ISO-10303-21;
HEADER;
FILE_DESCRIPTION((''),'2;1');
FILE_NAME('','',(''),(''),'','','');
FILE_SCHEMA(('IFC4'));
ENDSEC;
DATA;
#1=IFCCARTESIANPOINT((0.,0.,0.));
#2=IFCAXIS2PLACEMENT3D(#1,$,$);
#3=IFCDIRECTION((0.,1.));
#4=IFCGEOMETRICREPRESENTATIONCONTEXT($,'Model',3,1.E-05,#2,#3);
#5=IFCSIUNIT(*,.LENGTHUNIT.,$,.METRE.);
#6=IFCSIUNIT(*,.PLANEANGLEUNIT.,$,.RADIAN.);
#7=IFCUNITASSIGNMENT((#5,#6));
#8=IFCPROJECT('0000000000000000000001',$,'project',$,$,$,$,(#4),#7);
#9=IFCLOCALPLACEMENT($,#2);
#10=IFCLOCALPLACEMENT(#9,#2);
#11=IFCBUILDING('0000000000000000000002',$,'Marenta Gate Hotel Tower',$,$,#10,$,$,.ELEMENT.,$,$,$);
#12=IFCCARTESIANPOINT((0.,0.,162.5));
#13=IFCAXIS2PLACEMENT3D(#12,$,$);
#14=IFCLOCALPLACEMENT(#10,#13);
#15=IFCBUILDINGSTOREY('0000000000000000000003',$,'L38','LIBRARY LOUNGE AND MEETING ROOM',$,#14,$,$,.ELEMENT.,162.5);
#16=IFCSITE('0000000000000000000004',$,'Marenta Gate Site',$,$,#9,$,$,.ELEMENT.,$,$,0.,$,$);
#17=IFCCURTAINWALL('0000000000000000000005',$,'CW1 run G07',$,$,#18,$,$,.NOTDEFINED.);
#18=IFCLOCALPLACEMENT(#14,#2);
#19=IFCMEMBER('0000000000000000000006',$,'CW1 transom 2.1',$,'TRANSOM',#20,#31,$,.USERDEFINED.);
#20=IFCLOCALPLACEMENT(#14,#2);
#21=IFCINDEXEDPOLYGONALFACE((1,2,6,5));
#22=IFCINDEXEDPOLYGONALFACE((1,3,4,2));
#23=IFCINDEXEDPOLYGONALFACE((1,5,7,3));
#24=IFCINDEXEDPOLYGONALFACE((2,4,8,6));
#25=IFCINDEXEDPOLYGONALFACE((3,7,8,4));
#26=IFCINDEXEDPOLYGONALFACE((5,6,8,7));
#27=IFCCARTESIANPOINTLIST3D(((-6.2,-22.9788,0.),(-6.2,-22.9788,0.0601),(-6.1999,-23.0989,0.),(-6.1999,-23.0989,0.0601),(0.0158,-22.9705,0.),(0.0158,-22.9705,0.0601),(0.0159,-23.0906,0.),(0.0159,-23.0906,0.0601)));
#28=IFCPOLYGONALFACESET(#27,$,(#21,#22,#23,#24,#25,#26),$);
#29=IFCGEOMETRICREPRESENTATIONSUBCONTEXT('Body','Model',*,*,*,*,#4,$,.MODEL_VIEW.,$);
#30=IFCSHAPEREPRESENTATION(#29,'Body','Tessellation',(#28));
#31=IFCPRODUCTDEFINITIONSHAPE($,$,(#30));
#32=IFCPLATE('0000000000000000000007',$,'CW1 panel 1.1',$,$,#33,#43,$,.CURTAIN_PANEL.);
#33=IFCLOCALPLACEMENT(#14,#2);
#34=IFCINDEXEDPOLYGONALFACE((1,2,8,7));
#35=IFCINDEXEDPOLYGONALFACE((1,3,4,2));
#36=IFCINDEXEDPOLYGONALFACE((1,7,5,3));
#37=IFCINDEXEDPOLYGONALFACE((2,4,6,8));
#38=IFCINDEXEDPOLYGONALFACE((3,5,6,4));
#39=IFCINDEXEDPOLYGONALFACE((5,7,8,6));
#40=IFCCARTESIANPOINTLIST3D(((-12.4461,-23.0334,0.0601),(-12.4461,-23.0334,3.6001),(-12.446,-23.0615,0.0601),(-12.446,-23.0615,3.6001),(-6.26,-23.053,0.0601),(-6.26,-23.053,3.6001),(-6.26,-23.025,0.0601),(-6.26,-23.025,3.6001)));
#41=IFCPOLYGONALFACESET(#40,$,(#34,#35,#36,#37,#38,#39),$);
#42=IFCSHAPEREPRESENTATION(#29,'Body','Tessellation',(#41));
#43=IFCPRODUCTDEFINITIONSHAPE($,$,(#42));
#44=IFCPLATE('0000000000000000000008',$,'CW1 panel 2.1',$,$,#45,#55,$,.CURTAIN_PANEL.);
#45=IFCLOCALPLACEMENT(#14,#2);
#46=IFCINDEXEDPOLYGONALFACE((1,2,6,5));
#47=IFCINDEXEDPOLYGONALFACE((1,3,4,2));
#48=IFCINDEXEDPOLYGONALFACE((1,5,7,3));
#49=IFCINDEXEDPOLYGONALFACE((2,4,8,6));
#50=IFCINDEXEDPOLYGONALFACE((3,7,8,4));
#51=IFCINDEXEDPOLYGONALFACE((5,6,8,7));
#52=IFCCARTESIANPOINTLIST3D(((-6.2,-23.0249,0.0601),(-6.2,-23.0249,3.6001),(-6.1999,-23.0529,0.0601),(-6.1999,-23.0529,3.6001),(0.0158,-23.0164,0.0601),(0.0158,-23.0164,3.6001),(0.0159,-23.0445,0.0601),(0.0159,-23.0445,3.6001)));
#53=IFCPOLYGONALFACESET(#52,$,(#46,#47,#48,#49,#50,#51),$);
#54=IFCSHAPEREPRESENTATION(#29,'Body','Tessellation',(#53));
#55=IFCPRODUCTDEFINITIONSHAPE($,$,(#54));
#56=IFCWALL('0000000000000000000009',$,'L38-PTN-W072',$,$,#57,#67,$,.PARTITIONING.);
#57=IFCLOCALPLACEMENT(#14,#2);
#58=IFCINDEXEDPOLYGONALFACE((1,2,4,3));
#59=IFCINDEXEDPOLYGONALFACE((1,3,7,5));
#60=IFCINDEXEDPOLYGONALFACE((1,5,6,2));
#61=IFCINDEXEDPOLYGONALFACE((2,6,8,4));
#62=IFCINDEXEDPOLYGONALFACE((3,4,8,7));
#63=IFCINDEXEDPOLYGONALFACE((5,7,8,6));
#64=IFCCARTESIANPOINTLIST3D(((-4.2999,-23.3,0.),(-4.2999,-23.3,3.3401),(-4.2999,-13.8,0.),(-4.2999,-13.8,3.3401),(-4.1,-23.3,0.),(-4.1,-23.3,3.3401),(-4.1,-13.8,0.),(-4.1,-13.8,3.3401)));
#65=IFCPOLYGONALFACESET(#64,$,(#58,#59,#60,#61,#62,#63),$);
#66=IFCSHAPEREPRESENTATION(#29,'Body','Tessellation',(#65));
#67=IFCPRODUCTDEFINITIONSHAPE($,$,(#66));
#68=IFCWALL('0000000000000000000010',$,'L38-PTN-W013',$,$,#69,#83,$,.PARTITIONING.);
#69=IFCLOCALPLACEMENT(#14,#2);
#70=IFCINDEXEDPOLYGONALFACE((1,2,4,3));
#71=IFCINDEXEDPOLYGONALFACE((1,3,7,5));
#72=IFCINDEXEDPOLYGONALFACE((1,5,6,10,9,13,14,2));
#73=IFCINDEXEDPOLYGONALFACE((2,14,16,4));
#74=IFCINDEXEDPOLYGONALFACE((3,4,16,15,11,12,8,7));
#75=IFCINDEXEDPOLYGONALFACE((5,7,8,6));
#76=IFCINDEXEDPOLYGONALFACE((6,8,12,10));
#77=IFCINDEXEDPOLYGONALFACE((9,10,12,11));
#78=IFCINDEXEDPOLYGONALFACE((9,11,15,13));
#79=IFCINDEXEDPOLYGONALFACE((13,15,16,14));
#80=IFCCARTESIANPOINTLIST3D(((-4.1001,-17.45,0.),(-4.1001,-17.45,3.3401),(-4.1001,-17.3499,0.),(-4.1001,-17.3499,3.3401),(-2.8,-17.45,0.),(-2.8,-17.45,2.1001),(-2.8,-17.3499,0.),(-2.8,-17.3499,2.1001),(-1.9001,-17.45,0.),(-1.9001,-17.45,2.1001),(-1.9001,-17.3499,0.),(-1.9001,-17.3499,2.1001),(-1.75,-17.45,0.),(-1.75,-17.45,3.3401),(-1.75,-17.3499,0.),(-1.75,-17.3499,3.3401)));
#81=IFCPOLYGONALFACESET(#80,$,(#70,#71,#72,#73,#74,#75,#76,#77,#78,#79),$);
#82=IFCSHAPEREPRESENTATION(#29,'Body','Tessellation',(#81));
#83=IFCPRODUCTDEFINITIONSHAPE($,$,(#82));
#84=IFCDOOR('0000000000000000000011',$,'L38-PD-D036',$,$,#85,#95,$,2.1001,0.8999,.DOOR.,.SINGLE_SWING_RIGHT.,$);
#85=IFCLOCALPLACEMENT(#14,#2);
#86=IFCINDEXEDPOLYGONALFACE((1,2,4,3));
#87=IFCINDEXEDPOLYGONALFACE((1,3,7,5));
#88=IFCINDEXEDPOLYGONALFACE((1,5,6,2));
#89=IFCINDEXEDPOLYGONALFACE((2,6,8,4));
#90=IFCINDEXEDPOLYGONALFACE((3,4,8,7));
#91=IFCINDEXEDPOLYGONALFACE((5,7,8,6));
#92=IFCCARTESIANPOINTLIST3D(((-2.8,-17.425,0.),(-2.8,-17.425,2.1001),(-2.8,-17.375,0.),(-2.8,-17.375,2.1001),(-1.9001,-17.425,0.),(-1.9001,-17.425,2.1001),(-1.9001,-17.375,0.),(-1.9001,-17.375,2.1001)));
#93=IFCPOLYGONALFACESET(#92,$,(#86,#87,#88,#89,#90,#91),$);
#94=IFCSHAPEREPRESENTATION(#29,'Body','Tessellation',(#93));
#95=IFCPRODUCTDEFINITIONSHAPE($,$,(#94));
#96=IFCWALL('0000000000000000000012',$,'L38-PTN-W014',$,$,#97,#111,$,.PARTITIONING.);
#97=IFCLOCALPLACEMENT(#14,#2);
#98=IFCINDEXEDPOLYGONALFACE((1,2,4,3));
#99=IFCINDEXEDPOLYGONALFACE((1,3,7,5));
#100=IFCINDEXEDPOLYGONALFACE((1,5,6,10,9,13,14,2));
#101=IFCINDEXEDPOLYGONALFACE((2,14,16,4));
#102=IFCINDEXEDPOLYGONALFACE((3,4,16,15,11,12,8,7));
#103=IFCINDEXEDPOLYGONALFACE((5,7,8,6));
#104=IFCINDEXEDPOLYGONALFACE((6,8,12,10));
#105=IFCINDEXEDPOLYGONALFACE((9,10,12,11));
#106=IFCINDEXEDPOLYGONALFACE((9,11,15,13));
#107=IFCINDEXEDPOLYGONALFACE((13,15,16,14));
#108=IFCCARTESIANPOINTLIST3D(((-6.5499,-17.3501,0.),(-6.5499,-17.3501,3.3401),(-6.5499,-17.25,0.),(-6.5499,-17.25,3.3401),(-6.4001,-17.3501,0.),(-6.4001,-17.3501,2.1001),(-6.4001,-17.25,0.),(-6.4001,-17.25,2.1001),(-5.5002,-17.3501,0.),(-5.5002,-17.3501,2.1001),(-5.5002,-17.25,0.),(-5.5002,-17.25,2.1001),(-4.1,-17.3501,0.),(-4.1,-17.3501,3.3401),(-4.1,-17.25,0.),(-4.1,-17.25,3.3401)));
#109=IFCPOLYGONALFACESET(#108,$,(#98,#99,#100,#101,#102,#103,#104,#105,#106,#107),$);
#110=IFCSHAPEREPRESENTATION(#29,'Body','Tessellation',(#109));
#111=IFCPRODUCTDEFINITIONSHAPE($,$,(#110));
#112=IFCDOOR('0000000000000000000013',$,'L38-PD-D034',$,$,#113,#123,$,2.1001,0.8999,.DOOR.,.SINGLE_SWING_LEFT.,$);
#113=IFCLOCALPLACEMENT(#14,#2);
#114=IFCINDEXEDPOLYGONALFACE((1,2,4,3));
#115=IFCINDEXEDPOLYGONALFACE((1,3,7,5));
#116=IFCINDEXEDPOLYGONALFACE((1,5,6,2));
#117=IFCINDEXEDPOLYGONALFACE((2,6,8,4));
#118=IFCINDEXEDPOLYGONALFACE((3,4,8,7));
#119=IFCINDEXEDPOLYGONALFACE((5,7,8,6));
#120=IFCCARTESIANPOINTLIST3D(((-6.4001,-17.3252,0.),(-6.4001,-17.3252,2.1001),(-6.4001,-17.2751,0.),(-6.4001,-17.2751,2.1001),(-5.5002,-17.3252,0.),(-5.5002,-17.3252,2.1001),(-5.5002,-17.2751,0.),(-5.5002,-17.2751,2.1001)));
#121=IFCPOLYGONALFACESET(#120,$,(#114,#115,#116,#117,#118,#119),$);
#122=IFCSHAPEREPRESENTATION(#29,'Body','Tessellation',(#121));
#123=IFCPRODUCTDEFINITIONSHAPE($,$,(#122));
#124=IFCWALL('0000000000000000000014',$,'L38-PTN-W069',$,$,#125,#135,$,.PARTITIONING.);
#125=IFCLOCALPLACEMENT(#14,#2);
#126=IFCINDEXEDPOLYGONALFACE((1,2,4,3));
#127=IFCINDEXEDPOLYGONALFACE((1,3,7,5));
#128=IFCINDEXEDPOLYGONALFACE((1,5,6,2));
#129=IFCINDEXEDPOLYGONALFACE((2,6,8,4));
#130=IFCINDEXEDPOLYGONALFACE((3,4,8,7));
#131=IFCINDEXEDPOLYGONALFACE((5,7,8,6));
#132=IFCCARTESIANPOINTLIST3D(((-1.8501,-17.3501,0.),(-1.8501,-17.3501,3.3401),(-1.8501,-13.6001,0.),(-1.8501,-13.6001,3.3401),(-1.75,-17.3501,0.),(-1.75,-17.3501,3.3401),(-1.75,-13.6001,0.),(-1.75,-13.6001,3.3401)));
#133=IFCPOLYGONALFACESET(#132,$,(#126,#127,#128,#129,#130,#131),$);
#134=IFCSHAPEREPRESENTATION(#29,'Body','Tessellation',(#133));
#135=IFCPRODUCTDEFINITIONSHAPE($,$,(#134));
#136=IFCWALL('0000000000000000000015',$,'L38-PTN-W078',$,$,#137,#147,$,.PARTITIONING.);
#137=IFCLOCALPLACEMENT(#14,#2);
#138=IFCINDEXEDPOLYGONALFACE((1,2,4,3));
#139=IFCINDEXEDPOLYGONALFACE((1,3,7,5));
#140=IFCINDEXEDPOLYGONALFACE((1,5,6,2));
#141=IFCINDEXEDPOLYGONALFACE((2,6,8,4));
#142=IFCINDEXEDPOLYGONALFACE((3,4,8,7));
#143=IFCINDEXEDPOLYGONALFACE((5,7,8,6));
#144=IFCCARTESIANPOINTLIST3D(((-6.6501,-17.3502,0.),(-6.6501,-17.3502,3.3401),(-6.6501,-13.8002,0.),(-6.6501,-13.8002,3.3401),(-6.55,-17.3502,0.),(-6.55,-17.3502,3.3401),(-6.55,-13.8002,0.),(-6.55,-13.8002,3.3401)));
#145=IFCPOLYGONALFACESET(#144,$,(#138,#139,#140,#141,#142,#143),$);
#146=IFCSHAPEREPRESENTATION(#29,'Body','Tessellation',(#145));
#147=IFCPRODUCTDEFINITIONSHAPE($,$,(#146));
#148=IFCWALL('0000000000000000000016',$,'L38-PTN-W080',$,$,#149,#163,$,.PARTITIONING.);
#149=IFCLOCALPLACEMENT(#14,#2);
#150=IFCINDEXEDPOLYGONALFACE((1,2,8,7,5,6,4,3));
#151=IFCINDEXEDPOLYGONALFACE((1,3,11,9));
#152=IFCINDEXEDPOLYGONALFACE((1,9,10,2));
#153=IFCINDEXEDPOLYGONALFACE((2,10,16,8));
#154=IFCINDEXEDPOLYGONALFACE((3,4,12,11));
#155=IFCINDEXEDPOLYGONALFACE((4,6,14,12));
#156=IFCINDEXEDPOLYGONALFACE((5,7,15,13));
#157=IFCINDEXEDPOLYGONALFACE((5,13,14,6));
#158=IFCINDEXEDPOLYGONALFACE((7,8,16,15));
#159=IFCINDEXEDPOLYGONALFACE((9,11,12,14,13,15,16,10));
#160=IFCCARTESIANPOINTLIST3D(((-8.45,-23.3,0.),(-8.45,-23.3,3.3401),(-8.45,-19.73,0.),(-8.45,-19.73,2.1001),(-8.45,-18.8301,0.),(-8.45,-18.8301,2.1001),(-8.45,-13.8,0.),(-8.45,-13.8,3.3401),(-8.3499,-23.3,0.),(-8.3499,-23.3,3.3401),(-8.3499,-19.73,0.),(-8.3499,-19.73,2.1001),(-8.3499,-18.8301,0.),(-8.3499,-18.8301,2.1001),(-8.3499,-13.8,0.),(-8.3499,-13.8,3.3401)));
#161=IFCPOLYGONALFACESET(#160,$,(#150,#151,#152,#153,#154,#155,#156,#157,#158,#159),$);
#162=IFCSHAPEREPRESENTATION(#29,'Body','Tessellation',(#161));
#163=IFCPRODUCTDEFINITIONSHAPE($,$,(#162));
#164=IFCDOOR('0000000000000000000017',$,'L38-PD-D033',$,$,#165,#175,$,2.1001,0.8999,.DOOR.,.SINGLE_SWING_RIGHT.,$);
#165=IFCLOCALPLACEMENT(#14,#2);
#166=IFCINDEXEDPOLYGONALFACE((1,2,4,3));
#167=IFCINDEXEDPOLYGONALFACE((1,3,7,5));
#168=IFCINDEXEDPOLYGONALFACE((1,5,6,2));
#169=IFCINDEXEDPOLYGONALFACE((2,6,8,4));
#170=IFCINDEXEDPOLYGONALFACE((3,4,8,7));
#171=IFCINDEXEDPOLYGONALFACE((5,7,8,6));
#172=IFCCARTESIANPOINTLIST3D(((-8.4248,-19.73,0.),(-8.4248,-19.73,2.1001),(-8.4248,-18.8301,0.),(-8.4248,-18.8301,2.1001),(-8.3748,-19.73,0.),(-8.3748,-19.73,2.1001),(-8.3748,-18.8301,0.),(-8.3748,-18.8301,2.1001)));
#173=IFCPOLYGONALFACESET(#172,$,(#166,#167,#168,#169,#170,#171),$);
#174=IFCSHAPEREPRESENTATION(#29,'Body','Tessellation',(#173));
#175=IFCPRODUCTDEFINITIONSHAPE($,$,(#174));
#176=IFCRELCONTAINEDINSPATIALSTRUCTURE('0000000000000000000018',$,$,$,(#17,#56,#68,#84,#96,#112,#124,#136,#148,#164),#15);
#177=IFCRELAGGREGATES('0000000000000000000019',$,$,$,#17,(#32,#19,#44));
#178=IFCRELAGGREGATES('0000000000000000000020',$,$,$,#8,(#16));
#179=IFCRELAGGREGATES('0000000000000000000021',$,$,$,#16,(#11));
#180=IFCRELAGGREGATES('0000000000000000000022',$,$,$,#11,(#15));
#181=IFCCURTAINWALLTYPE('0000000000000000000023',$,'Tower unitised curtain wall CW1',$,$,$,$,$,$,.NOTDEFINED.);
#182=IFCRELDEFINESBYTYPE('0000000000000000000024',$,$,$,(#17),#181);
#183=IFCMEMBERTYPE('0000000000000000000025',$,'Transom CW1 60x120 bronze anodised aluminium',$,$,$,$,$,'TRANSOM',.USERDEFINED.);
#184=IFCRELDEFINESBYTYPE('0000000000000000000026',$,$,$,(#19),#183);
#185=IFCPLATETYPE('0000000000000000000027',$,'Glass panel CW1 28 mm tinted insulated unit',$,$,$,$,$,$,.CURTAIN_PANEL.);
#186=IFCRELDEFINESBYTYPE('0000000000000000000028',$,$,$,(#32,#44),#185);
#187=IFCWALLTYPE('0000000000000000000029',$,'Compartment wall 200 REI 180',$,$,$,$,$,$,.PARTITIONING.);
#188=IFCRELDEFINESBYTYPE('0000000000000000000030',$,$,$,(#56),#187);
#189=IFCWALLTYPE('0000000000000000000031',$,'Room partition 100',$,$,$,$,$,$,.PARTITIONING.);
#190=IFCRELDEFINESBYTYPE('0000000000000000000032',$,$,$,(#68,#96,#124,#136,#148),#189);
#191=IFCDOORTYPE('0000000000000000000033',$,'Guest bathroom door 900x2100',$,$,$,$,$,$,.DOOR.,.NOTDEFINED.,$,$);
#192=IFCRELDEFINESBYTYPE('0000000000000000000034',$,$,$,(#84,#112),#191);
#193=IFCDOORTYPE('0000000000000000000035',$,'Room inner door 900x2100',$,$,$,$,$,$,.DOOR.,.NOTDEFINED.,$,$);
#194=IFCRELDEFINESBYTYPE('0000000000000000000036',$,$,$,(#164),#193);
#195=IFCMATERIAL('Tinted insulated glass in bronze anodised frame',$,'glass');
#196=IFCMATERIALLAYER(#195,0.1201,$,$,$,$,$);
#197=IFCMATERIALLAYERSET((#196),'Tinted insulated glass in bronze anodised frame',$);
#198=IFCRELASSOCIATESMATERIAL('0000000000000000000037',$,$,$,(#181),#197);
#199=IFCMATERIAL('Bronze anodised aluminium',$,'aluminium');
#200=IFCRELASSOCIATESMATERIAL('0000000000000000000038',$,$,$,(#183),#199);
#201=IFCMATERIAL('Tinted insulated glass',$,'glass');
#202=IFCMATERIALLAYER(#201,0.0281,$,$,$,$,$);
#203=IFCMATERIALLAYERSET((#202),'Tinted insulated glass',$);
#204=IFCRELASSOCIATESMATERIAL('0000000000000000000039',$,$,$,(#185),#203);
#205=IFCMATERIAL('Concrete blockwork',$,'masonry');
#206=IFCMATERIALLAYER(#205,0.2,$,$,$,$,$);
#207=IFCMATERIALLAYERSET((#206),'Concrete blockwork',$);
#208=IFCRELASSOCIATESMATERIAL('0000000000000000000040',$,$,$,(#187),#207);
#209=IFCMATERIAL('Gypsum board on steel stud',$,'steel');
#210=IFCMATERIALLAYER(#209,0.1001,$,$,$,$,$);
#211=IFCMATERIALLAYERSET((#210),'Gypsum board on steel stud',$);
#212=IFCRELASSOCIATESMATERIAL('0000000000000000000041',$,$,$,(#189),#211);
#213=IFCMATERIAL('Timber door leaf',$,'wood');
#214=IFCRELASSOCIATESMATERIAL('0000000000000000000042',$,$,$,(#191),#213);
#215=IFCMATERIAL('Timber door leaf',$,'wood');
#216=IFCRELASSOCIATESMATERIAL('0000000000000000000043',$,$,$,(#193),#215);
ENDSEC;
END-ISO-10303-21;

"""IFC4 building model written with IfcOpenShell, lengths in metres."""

from ifc_helpers import new_model, si_unit, direction, frame, frame_2d, origin, origin_2d, place, context, subcontext, project, spatial, rectangle, extrude, material, layer, layer_set, material_profile, profile_set, type_object, element, fill, aggregate, save


model = new_model("IFC4")

# Units and contexts
model_context = context("Model", 3, precision=1e-05, world=origin(), true_north=direction((0.0, 1.0)))
body_context = subcontext(model_context, "Body", "Model", "MODEL_VIEW")
ifc_project = project(units=[si_unit("LENGTHUNIT", "METRE"), si_unit("PLANEANGLEUNIT", "RADIAN")], contexts=[model_context])

# Site, building, storey
site_placement = place(None, origin())
site = spatial("IfcSite", under=ifc_project, at=site_placement, Name="Marenta Gate Site", CompositionType="ELEMENT", RefElevation=0.0)
building_placement = place(site_placement, origin())
building = spatial("IfcBuilding", under=site, at=building_placement, Name="Marenta Gate Hotel Tower", CompositionType="ELEMENT")
storey_placement = place(building_placement, frame((0.0, 0.0, 162.5)))
storey = spatial("IfcBuildingStorey", under=building, at=storey_placement, Name="L38", Description="LIBRARY LOUNGE AND MEETING ROOM", CompositionType="ELEMENT", Elevation=162.5)

# Curtain wall, member, plates
ifc_material_1 = material(Name="Tinted insulated glass in bronze anodised frame", Category="glass")
ifc_layer_1 = layer(ifc_material_1, 0.1201)
ifc_layer_set_1 = layer_set([ifc_layer_1], Name="Tinted insulated glass in bronze anodised frame")
curtain_wall_type = type_object("IfcCurtainWallType", Name="Tower unitised curtain wall CW1", PredefinedType="NOTDEFINED", material=ifc_layer_set_1)
curtain_wall_placement = place(storey_placement, origin())
curtain_wall = element("IfcCurtainWall", 1, at=curtain_wall_placement, inside=storey, type_object=curtain_wall_type, Name="CW1 run G07", PredefinedType="NOTDEFINED")
ifc_material_2 = material(Name="Bronze anodised aluminium", Category="aluminium")
ifc_material_profile_1 = material_profile(ifc_material_2, rectangle(XDim=0.1201, YDim=0.0601, at=origin_2d()), Name="Transom CW1 60x120 bronze anodised aluminium")
ifc_profile_set_1 = profile_set([ifc_material_profile_1], Name="Bronze anodised aluminium")
member_type_1 = type_object("IfcMemberType", Name="Transom CW1 60x120 bronze anodised aluminium", ElementType="TRANSOM", PredefinedType="USERDEFINED", material=ifc_profile_set_1)
member_1_placement = place(storey_placement, frame((-6.2, -23.0388, 0.03), z_axis=(0.999999, 0.001335, 0.0), x_axis=(-0.001335, 0.999999, 0.0)))
member_1 = element("IfcMember", 2, at=member_1_placement, type_object=member_type_1, Name="CW1 transom 2.1", ObjectType="TRANSOM", PredefinedType="USERDEFINED", context=body_context, shape_type="SweptSolid", body=[
    extrude(rectangle(XDim=0.1201, YDim=0.0601, at=origin_2d()), origin(), (0.0, 0.0, 1.0), 6.2158),
])
ifc_material_3 = material(Name="Tinted insulated glass", Category="glass")
ifc_layer_2 = layer(ifc_material_3, 0.0281)
ifc_layer_set_2 = layer_set([ifc_layer_2], Name="Tinted insulated glass")
plate_type = type_object("IfcPlateType", Name="Glass panel CW1 28 mm tinted insulated unit", PredefinedType="CURTAIN_PANEL", material=ifc_layer_set_2)
plate_1_placement = place(storey_placement, frame((-9.353, -23.0432, 0.0601), z_axis=(0.0, 0.0, 1.0), x_axis=(0.999999, 0.001362, 0.0)))
plate_1 = element("IfcPlate", 3, at=plate_1_placement, type_object=plate_type, Name="CW1 panel 1.1", PredefinedType="CURTAIN_PANEL", context=body_context, shape_type="SweptSolid", body=[
    extrude(rectangle(XDim=6.186, YDim=0.0281, at=origin_2d()), origin(), (0.0, 0.0, 1.0), 3.54),
])
plate_2_placement = place(storey_placement, frame((-3.092, -23.0347, 0.0601), z_axis=(0.0, 0.0, 1.0), x_axis=(0.999999, 0.001362, 0.0)))
plate_2 = element("IfcPlate", 4, at=plate_2_placement, type_object=plate_type, Name="CW1 panel 2.1", PredefinedType="CURTAIN_PANEL", context=body_context, shape_type="SweptSolid", body=[
    extrude(rectangle(XDim=6.2158, YDim=0.0281, at=origin_2d()), origin(), (0.0, 0.0, 1.0), 3.54),
])
aggregate(curtain_wall, [plate_1, member_1, plate_2])

# Wall
ifc_material_4 = material(Name="Concrete blockwork", Category="masonry")
ifc_layer_3 = layer(ifc_material_4, 0.2)
ifc_layer_set_3 = layer_set([ifc_layer_3], Name="Concrete blockwork")
wall_type_1 = type_object("IfcWallType", Name="Compartment wall 200 REI 180", PredefinedType="PARTITIONING", material=ifc_layer_set_3)
wall_1_placement = place(storey_placement, frame((-4.2, -23.3, 0.0), z_axis=(0.0, 0.0, 1.0), x_axis=(0.0, 1.0, 0.0)))
element("IfcWall", 5, at=wall_1_placement, inside=storey, type_object=wall_type_1, Name="L38-PTN-W072", PredefinedType="PARTITIONING", context=body_context, shape_type="SweptSolid", body=[
    extrude(rectangle(XDim=9.5, YDim=0.2, at=frame_2d((4.75, 0.0))), origin(), (0.0, 0.0, 1.0), 3.3401),
])

# Walls, openings, doors
ifc_material_5 = material(Name="Gypsum board on steel stud", Category="steel")
ifc_layer_4 = layer(ifc_material_5, 0.1001)
ifc_layer_set_4 = layer_set([ifc_layer_4], Name="Gypsum board on steel stud")
wall_type_2 = type_object("IfcWallType", Name="Room partition 100", PredefinedType="PARTITIONING", material=ifc_layer_set_4)
wall_2_placement = place(storey_placement, frame((-4.1001, -17.3999, 0.0), z_axis=(0.0, 0.0, 1.0), x_axis=(1.0, 0.0, 0.0)))
wall_2 = element("IfcWall", 6, at=wall_2_placement, inside=storey, type_object=wall_type_2, Name="L38-PTN-W013", PredefinedType="PARTITIONING", context=body_context, shape_type="SweptSolid", body=[
    extrude(rectangle(XDim=2.3501, YDim=0.1001, at=frame_2d((1.175, 0.0))), origin(), (0.0, 0.0, 1.0), 3.3401),
])
opening_1_placement = place(wall_2_placement, frame((1.3, 0.0, 0.0)))
opening_1 = element("IfcOpeningElement", 7, at=opening_1_placement, cuts=wall_2, PredefinedType="OPENING", context=body_context, shape_type="SweptSolid", body=[
    extrude(rectangle(XDim=0.8999, YDim=2.1001, at=frame_2d((0.45, 1.05))), frame((0.0, 0.05, 0.0), z_axis=(0.0, -1.0, 0.0), x_axis=(1.0, 0.0, 0.0)), (0.0, 0.0, 1.0), 0.1001),
])
ifc_material_6 = material(Name="Timber door leaf", Category="wood")
door_type_1 = type_object("IfcDoorType", Name="Guest bathroom door 900x2100", OperationType="NOTDEFINED", PredefinedType="DOOR", material=ifc_material_6)
door_1_placement = place(opening_1_placement, origin())
door_1 = element("IfcDoor", 8, at=door_1_placement, inside=storey, type_object=door_type_1, Name="L38-PD-D036", OperationType="SINGLE_SWING_RIGHT", OverallHeight=2.1001, OverallWidth=0.8999, PredefinedType="DOOR", context=body_context, shape_type="SweptSolid", body=[
    extrude(rectangle(XDim=0.8999, YDim=2.1001, at=frame_2d((0.45, 1.05))), frame((0.0, 0.0249, 0.0), z_axis=(0.0, -1.0, 0.0), x_axis=(1.0, 0.0, 0.0)), (0.0, 0.0, 1.0), 0.05),
])
fill(opening_1, door_1)
wall_3_placement = place(storey_placement, frame((-6.55, -17.3, 0.0), z_axis=(0.0, 0.0, 1.0), x_axis=(1.0, 0.0, 0.0)))
wall_3 = element("IfcWall", 9, at=wall_3_placement, inside=storey, type_object=wall_type_2, Name="L38-PTN-W014", PredefinedType="PARTITIONING", context=body_context, shape_type="SweptSolid", body=[
    extrude(rectangle(XDim=2.45, YDim=0.1001, at=frame_2d((1.2251, 0.0))), origin(), (0.0, 0.0, 1.0), 3.3401),
])
opening_2_placement = place(wall_3_placement, frame((0.1499, 0.0, 0.0)))
opening_2 = element("IfcOpeningElement", 10, at=opening_2_placement, cuts=wall_3, PredefinedType="OPENING", context=body_context, shape_type="SweptSolid", body=[
    extrude(rectangle(XDim=0.8999, YDim=2.1001, at=frame_2d((0.45, 1.05))), frame((0.0, 0.05, 0.0), z_axis=(0.0, -1.0, 0.0), x_axis=(1.0, 0.0, 0.0)), (0.0, 0.0, 1.0), 0.1001),
])
door_2_placement = place(opening_2_placement, origin())
door_2 = element("IfcDoor", 11, at=door_2_placement, inside=storey, type_object=door_type_1, Name="L38-PD-D034", OperationType="SINGLE_SWING_LEFT", OverallHeight=2.1001, OverallWidth=0.8999, PredefinedType="DOOR", context=body_context, shape_type="SweptSolid", body=[
    extrude(rectangle(XDim=0.8999, YDim=2.1001, at=frame_2d((0.45, 1.05))), frame((0.0, 0.0249, 0.0), z_axis=(0.0, -1.0, 0.0), x_axis=(1.0, 0.0, 0.0)), (0.0, 0.0, 1.0), 0.05),
])
fill(opening_2, door_2)

# Walls
wall_4_placement = place(storey_placement, frame((-1.8, -17.3501, 0.0), z_axis=(0.0, 0.0, 1.0), x_axis=(0.0, 1.0, 0.0)))
element("IfcWall", 12, at=wall_4_placement, inside=storey, type_object=wall_type_2, Name="L38-PTN-W069", PredefinedType="PARTITIONING", context=body_context, shape_type="SweptSolid", body=[
    extrude(rectangle(XDim=3.75, YDim=0.1001, at=frame_2d((1.875, 0.0))), origin(), (0.0, 0.0, 1.0), 3.3401),
])
wall_5_placement = place(storey_placement, frame((-6.6001, -17.3501, 0.0), z_axis=(0.0, 0.0, 1.0), x_axis=(0.0, 1.0, 0.0)))
element("IfcWall", 13, at=wall_5_placement, inside=storey, type_object=wall_type_2, Name="L38-PTN-W078", PredefinedType="PARTITIONING", context=body_context, shape_type="SweptSolid", body=[
    extrude(rectangle(XDim=3.55, YDim=0.1001, at=frame_2d((1.7749, 0.0))), origin(), (0.0, 0.0, 1.0), 3.3401),
])

# Wall, opening, door
wall_6_placement = place(storey_placement, frame((-8.3999, -23.3, 0.0), z_axis=(0.0, 0.0, 1.0), x_axis=(0.0, 1.0, 0.0)))
wall_6 = element("IfcWall", 14, at=wall_6_placement, inside=storey, type_object=wall_type_2, Name="L38-PTN-W080", PredefinedType="PARTITIONING", context=body_context, shape_type="SweptSolid", body=[
    extrude(rectangle(XDim=9.5, YDim=0.1001, at=frame_2d((4.75, 0.0))), origin(), (0.0, 0.0, 1.0), 3.3401),
])
opening_3_placement = place(wall_6_placement, frame((3.5701, 0.0, 0.0)))
opening_3 = element("IfcOpeningElement", 15, at=opening_3_placement, cuts=wall_6, PredefinedType="OPENING", context=body_context, shape_type="SweptSolid", body=[
    extrude(rectangle(XDim=0.8999, YDim=2.1001, at=frame_2d((0.45, 1.05))), frame((0.0, 0.05, 0.0), z_axis=(0.0, -1.0, 0.0), x_axis=(1.0, 0.0, 0.0)), (0.0, 0.0, 1.0), 0.1001),
])
ifc_material_7 = material(Name="Timber door leaf", Category="wood")
door_type_2 = type_object("IfcDoorType", Name="Room inner door 900x2100", OperationType="NOTDEFINED", PredefinedType="DOOR", material=ifc_material_7)
door_3_placement = place(opening_3_placement, origin())
door_3 = element("IfcDoor", 16, at=door_3_placement, inside=storey, type_object=door_type_2, Name="L38-PD-D033", OperationType="SINGLE_SWING_RIGHT", OverallHeight=2.1001, OverallWidth=0.8999, PredefinedType="DOOR", context=body_context, shape_type="SweptSolid", body=[
    extrude(rectangle(XDim=0.8999, YDim=2.1001, at=frame_2d((0.45, 1.05))), frame((0.0, 0.0249, 0.0), z_axis=(0.0, -1.0, 0.0), x_axis=(1.0, 0.0, 0.0)), (0.0, 0.0, 1.0), 0.05),
])
fill(opening_3, door_3)

save(model, "model.ifc")
